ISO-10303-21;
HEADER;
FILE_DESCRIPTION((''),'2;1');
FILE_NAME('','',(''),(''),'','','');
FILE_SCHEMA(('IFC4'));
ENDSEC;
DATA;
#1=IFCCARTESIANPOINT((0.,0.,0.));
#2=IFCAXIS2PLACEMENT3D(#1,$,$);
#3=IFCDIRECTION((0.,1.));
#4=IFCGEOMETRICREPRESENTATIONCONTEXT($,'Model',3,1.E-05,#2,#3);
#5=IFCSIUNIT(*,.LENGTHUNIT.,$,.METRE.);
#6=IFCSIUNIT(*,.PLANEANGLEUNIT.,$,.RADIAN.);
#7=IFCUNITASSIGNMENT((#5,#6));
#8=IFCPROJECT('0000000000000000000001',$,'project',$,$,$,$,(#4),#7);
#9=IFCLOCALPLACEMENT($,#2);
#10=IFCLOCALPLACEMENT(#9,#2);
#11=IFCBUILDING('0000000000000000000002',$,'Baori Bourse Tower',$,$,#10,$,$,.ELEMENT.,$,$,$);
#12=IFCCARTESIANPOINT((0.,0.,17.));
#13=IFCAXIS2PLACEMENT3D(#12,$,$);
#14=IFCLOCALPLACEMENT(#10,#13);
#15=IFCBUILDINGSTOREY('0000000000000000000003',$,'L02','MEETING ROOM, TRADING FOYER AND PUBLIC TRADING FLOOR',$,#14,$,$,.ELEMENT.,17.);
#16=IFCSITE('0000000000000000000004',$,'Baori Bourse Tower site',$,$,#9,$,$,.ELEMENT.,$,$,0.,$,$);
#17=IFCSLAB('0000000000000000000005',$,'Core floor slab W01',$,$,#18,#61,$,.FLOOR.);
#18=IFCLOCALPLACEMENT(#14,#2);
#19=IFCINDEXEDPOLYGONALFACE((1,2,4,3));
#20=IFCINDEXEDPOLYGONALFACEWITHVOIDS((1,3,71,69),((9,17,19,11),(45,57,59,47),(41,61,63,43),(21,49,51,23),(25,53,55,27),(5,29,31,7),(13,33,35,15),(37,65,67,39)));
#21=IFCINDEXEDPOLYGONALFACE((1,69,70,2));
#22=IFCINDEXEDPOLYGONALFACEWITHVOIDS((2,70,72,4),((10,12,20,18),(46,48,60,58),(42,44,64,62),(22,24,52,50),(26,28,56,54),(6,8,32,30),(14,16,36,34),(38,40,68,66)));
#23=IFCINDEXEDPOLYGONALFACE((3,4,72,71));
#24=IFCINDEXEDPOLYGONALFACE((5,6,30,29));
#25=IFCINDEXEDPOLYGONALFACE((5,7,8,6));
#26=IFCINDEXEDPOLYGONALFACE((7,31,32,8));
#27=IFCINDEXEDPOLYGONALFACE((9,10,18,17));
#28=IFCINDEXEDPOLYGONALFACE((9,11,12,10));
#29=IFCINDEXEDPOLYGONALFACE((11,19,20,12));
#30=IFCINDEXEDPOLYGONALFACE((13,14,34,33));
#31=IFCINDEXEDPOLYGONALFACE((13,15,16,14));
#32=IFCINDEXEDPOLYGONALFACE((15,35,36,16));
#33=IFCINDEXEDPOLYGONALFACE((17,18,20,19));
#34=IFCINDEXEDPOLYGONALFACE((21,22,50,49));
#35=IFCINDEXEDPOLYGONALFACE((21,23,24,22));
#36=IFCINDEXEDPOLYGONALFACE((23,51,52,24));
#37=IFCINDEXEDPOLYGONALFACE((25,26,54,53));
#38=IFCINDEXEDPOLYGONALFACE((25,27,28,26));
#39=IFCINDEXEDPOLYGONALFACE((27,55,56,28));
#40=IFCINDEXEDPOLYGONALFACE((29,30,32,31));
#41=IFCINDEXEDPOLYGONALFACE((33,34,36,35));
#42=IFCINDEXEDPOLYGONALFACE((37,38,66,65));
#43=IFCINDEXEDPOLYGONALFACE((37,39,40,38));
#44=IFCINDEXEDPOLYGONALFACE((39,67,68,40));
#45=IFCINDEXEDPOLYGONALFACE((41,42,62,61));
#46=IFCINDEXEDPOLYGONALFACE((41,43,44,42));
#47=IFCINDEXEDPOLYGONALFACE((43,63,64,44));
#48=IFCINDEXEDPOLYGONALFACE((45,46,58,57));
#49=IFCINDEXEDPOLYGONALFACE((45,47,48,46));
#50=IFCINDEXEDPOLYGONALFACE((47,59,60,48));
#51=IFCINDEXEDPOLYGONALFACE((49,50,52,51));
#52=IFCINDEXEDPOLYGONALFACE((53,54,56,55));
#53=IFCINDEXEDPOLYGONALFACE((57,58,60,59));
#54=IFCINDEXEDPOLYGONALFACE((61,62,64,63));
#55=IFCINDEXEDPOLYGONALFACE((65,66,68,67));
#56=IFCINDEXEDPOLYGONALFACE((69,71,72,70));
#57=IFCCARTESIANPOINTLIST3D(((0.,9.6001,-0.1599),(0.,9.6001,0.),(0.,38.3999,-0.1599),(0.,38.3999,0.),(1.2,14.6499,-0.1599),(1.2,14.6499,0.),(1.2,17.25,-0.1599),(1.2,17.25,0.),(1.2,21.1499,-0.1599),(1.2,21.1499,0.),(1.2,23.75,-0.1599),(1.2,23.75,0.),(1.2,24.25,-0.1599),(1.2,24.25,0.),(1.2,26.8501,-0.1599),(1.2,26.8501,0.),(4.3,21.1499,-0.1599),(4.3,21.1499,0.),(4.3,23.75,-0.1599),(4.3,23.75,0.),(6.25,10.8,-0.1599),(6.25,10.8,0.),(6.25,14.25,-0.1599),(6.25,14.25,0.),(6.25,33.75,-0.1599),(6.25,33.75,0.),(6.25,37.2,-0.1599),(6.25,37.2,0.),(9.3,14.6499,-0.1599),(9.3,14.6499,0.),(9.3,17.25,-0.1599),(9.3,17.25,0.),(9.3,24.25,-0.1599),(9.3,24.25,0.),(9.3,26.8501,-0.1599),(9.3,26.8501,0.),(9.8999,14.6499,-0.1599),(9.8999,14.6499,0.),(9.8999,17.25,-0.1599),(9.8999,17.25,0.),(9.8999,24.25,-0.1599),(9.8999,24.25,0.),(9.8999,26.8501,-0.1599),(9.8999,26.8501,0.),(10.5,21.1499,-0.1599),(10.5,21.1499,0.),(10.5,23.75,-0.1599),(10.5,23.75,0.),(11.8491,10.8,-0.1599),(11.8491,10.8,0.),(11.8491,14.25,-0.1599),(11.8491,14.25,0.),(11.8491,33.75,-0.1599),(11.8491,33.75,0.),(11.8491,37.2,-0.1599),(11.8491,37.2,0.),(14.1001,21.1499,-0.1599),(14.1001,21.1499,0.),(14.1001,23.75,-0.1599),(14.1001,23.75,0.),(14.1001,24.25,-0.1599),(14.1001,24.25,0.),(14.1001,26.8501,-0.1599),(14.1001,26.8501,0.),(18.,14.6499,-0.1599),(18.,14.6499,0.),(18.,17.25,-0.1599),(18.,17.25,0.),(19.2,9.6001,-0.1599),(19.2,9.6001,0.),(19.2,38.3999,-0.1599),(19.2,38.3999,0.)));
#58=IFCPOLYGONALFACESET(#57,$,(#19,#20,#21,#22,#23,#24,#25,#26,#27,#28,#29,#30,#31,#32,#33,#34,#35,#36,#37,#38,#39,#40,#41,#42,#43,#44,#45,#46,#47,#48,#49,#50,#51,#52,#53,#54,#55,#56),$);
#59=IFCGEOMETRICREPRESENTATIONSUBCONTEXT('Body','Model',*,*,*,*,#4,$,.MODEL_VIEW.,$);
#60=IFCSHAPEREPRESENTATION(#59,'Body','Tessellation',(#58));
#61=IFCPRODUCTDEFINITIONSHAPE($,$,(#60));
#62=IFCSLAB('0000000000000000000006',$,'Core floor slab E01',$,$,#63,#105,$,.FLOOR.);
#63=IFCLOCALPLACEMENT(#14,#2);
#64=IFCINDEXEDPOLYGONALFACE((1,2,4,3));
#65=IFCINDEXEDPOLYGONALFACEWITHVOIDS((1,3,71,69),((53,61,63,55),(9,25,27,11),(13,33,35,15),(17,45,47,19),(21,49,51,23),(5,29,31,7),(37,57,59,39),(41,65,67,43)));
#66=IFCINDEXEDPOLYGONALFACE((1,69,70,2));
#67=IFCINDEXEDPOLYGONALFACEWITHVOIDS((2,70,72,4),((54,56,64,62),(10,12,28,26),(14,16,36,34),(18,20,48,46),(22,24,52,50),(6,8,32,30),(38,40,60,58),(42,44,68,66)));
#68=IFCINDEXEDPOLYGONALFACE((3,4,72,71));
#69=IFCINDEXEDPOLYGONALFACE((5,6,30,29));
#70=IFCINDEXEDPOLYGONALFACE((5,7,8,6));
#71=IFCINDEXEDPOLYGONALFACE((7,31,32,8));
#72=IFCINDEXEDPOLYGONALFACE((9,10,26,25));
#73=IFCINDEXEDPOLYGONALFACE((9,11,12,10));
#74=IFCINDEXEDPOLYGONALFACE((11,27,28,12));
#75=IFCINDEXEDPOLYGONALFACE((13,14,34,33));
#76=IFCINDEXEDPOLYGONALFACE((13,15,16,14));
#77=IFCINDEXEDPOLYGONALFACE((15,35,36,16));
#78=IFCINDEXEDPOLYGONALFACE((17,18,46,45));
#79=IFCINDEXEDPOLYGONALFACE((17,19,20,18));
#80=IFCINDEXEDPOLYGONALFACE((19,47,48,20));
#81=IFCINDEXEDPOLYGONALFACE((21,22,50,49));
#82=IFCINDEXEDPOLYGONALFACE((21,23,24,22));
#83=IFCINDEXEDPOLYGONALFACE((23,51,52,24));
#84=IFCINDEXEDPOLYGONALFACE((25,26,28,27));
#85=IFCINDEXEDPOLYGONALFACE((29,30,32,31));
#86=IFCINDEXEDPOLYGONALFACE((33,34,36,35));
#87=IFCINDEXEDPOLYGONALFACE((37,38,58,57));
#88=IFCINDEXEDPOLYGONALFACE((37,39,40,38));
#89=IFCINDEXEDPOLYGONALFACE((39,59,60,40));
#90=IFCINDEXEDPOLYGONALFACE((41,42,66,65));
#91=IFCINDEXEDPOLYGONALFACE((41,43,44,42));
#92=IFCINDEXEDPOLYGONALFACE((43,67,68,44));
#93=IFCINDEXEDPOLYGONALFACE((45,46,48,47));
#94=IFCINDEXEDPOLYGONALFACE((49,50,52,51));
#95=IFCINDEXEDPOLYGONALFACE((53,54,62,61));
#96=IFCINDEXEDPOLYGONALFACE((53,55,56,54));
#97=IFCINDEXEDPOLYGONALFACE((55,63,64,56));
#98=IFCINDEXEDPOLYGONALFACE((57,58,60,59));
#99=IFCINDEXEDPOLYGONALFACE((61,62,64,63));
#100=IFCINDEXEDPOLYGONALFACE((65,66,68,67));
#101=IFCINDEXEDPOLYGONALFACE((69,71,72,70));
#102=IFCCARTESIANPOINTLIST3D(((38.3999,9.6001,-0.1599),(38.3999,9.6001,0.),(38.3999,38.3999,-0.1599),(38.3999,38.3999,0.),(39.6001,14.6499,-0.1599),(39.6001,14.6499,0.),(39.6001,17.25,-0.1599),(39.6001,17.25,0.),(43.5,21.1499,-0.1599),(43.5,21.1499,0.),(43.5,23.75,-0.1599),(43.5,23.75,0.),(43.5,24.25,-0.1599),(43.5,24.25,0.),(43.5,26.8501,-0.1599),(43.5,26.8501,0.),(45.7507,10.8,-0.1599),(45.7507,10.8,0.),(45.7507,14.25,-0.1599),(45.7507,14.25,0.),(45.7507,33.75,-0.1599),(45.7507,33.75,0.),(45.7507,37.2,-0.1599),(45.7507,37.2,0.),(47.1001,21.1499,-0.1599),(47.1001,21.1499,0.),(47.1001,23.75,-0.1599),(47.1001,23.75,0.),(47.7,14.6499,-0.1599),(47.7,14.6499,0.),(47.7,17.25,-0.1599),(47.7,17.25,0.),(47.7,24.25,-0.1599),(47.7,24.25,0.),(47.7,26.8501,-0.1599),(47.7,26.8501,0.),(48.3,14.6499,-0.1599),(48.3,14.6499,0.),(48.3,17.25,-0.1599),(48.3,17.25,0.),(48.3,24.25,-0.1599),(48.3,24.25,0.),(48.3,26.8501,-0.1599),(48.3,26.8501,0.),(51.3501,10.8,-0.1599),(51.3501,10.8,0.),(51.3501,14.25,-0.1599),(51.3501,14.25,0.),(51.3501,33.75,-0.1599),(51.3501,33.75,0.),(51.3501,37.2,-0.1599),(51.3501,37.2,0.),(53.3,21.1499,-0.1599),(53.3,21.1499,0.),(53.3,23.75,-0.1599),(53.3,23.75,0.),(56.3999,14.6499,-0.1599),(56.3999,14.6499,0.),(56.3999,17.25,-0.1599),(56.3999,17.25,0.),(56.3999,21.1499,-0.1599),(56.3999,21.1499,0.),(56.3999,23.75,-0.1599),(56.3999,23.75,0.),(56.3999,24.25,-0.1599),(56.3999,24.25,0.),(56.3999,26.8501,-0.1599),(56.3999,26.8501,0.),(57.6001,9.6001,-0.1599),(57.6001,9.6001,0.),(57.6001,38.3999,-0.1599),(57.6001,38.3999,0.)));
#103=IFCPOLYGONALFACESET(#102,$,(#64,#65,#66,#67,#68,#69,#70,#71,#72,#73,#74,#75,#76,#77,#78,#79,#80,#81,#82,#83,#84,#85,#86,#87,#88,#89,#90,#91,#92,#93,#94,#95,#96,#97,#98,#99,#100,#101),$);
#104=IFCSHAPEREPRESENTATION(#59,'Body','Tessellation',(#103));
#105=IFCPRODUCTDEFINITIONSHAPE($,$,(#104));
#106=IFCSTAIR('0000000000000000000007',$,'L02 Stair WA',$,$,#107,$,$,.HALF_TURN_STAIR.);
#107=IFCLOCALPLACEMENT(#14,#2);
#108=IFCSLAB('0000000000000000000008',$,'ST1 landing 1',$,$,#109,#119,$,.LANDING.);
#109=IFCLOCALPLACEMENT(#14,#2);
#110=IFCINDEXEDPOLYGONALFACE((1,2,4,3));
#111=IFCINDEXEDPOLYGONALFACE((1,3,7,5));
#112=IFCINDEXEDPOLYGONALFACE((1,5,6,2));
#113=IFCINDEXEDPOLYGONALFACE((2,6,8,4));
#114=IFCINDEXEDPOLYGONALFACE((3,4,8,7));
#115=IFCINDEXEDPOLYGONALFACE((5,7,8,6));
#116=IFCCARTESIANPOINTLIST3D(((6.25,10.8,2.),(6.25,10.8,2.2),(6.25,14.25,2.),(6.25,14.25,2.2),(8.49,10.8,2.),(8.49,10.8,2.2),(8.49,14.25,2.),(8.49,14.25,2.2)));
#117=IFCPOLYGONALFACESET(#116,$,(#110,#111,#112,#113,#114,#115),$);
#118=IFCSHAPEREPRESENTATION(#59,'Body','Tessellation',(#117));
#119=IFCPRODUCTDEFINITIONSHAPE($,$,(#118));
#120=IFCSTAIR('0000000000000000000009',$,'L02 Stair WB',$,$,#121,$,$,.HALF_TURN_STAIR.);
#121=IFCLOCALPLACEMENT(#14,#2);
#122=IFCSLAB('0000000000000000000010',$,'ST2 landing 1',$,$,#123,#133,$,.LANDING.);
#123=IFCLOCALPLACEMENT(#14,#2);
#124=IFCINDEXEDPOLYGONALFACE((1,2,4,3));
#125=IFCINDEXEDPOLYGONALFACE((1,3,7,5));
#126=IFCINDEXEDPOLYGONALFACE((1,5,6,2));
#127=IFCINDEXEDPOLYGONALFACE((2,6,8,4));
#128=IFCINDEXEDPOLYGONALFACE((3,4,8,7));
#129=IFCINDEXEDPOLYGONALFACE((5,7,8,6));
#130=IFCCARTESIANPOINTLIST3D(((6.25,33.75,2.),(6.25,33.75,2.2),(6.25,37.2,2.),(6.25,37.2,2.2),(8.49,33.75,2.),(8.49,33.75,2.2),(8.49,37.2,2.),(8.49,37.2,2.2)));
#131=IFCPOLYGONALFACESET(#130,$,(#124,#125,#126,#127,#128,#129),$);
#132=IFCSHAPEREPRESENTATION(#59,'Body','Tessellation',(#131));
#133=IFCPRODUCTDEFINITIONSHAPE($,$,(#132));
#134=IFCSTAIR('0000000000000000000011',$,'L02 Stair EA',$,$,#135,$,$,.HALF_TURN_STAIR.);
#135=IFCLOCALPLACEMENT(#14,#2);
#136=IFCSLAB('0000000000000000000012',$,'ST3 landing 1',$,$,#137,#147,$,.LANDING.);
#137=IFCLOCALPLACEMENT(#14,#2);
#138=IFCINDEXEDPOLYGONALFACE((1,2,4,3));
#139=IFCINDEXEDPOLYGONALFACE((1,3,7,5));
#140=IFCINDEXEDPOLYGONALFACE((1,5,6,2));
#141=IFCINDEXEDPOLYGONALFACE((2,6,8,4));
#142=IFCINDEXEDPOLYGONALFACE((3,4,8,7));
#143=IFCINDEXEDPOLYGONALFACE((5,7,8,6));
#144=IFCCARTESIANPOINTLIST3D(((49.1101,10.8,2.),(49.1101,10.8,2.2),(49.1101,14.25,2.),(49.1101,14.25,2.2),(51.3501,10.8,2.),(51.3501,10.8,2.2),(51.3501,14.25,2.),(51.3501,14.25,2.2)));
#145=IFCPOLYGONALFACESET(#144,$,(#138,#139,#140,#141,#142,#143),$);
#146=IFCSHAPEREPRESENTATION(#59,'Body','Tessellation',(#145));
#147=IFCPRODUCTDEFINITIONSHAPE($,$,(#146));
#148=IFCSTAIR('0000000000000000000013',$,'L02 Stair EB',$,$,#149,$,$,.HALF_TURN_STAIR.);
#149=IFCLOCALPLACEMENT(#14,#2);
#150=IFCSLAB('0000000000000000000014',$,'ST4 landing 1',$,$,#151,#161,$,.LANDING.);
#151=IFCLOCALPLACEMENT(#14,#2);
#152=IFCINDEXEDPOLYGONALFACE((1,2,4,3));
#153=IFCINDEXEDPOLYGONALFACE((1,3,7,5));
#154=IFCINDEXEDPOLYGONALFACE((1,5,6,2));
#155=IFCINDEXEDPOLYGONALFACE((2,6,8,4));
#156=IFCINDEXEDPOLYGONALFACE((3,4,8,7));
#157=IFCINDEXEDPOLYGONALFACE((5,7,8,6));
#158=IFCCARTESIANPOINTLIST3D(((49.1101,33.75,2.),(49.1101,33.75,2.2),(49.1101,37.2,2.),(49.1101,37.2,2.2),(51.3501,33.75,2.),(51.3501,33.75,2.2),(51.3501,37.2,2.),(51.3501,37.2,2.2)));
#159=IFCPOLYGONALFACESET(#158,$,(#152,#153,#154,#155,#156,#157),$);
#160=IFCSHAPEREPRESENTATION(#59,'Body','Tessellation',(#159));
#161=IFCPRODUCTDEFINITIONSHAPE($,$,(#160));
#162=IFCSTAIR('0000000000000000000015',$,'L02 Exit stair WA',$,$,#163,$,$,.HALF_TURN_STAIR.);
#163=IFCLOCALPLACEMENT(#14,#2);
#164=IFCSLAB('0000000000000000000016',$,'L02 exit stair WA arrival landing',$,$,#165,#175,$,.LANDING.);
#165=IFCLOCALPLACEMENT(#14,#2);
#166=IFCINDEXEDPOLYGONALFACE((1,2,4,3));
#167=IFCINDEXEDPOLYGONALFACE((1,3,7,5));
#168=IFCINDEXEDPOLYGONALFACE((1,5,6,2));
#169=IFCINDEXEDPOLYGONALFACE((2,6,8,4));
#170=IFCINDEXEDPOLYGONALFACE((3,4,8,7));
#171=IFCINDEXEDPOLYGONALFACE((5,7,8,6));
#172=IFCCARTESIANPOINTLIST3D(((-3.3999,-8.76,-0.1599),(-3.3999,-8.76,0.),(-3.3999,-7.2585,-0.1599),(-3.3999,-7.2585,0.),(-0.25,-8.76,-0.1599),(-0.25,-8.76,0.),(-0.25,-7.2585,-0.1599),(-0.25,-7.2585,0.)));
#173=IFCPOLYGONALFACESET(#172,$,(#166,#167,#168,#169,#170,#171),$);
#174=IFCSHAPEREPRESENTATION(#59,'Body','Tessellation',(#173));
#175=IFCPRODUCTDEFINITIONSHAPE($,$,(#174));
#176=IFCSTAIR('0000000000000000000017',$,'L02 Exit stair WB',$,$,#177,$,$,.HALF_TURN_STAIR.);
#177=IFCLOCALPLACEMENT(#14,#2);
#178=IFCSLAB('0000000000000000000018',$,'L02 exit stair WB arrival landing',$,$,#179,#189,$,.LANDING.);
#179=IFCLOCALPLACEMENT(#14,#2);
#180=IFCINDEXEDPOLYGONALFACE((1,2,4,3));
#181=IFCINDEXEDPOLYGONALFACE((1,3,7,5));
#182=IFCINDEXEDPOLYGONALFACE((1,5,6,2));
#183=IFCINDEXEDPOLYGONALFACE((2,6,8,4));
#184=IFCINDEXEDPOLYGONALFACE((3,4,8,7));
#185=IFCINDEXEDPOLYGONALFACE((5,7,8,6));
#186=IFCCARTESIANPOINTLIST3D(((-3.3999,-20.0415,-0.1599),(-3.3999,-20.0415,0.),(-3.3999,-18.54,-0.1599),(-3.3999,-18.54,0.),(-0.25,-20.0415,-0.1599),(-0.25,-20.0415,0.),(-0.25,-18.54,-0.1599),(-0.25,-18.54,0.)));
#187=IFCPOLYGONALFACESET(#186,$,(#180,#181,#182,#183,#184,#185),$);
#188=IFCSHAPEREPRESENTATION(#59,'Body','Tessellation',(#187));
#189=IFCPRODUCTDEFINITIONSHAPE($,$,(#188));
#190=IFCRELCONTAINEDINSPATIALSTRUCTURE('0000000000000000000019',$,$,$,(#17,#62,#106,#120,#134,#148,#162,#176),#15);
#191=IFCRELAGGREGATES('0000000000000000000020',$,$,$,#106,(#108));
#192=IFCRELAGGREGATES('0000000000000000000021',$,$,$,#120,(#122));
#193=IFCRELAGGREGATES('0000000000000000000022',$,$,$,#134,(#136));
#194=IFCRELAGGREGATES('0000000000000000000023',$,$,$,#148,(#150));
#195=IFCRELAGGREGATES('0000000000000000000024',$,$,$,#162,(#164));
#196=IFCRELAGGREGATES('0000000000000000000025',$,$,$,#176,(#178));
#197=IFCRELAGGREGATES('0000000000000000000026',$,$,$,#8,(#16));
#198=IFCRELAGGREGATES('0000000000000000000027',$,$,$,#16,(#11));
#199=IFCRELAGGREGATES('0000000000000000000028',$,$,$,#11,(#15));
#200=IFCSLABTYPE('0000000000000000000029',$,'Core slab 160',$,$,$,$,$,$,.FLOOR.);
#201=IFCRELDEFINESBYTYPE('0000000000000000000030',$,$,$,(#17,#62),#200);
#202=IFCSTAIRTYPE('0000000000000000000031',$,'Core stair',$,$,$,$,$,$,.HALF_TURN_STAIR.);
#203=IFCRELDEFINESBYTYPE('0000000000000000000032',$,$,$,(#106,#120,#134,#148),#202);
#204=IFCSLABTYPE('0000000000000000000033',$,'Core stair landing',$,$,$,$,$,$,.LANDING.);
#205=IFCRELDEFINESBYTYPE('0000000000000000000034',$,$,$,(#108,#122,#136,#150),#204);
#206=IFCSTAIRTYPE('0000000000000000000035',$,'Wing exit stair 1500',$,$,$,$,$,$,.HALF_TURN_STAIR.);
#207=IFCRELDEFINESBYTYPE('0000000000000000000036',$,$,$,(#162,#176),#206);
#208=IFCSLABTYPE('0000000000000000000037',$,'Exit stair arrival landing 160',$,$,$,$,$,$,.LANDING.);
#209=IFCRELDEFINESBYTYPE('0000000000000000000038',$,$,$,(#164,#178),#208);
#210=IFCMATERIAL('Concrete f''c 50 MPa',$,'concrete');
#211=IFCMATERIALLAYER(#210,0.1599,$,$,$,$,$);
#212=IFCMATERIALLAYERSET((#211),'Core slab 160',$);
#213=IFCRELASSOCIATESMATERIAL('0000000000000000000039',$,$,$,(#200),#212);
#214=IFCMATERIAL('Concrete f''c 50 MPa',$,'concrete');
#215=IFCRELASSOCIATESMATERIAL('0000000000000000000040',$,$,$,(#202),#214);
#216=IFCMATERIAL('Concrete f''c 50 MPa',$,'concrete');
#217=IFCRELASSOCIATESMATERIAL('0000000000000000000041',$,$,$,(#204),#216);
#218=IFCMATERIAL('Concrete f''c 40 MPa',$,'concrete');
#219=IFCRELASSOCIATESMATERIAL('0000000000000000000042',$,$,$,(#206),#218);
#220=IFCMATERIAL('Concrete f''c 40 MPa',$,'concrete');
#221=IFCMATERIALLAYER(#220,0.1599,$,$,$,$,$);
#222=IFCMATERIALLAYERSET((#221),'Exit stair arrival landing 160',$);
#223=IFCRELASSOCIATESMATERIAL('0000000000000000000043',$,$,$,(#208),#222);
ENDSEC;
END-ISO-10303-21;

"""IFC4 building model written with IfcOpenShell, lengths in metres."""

from ifc_helpers import new_model, si_unit, direction, frame, origin, place, context, subcontext, project, spatial, polyline, outline, extrude, material, layer, layer_set, type_object, element, aggregate, save


model = new_model("IFC4")

# Units and contexts
model_context = context("Model", 3, precision=1e-05, world=origin(), true_north=direction((0.0, 1.0)))
body_context = subcontext(model_context, "Body", "Model", "MODEL_VIEW")
ifc_project = project(units=[si_unit("LENGTHUNIT", "METRE"), si_unit("PLANEANGLEUNIT", "RADIAN")], contexts=[model_context])

# Site, building, storey
site_placement = place(None, origin())
site = spatial("IfcSite", under=ifc_project, at=site_placement, Name="Baori Bourse Tower site", CompositionType="ELEMENT", RefElevation=0.0)
building_placement = place(site_placement, origin())
building = spatial("IfcBuilding", under=site, at=building_placement, Name="Baori Bourse Tower", CompositionType="ELEMENT")
storey_placement = place(building_placement, frame((0.0, 0.0, 17.0)))
storey = spatial("IfcBuildingStorey", under=building, at=storey_placement, Name="L02", Description="MEETING ROOM, TRADING FOYER AND PUBLIC TRADING FLOOR", CompositionType="ELEMENT", Elevation=17.0)

# Slabs
ifc_material_1 = material(Name="Concrete f'c 50 MPa", Category="concrete")
ifc_layer_1 = layer(ifc_material_1, 0.1599)
ifc_layer_set_1 = layer_set([ifc_layer_1], Name="Core slab 160")
slab_type_1 = type_object("IfcSlabType", Name="Core slab 160", PredefinedType="FLOOR", material=ifc_layer_set_1)
slab_1_placement = place(storey_placement, frame((0.0, 0.0, -0.1599)))
element("IfcSlab", 1, at=slab_1_placement, inside=storey, type_object=slab_type_1, Name="Core floor slab W01", PredefinedType="FLOOR", context=body_context, shape_type="SweptSolid", body=[
    extrude(outline(polyline([(19.2, 9.6001), (19.2, 38.3999), (0.0, 38.3999), (0.0, 9.6001), (19.2, 9.6001)]), holes=[polyline([(9.8999, 14.6499), (9.8999, 17.25), (18.0, 17.25), (18.0, 14.6499), (9.8999, 14.6499)]), polyline([(10.5, 21.1499), (10.5, 23.75), (14.1001, 23.75), (14.1001, 21.1499), (10.5, 21.1499)]), polyline([(14.1001, 24.25), (9.8999, 24.25), (9.8999, 26.8501), (14.1001, 26.8501), (14.1001, 24.25)]), polyline([(6.25, 14.25), (11.8491, 14.25), (11.8491, 10.8), (6.25, 10.8), (6.25, 14.25)]), polyline([(11.8491, 37.2), (11.8491, 33.75), (6.25, 33.75), (6.25, 37.2), (11.8491, 37.2)]), polyline([(1.2, 26.8501), (9.3, 26.8501), (9.3, 24.25), (1.2, 24.25), (1.2, 26.8501)]), polyline([(9.3, 14.6499), (1.2, 14.6499), (1.2, 17.25), (9.3, 17.25), (9.3, 14.6499)]), polyline([(4.3, 23.75), (4.3, 21.1499), (1.2, 21.1499), (1.2, 23.75), (4.3, 23.75)])]), origin(), (0.0, 0.0, 1.0), 0.1599),
])
slab_2_placement = place(storey_placement, frame((0.0, 0.0, -0.1599)))
element("IfcSlab", 2, at=slab_2_placement, inside=storey, type_object=slab_type_1, Name="Core floor slab E01", PredefinedType="FLOOR", context=body_context, shape_type="SweptSolid", body=[
    extrude(outline(polyline([(38.3999, 9.6001), (57.6001, 9.6001), (57.6001, 38.3999), (38.3999, 38.3999), (38.3999, 9.6001)]), holes=[polyline([(48.3, 14.6499), (48.3, 17.25), (56.3999, 17.25), (56.3999, 14.6499), (48.3, 14.6499)]), polyline([(56.3999, 21.1499), (53.3, 21.1499), (53.3, 23.75), (56.3999, 23.75), (56.3999, 21.1499)]), polyline([(56.3999, 26.8501), (56.3999, 24.25), (48.3, 24.25), (48.3, 26.8501), (56.3999, 26.8501)]), polyline([(45.7507, 14.25), (51.3501, 14.25), (51.3501, 10.8), (45.7507, 10.8), (45.7507, 14.25)]), polyline([(51.3501, 37.2), (51.3501, 33.75), (45.7507, 33.75), (45.7507, 37.2), (51.3501, 37.2)]), polyline([(39.6001, 17.25), (47.7, 17.25), (47.7, 14.6499), (39.6001, 14.6499), (39.6001, 17.25)]), polyline([(43.5, 24.25), (43.5, 26.8501), (47.7, 26.8501), (47.7, 24.25), (43.5, 24.25)]), polyline([(43.5, 23.75), (47.1001, 23.75), (47.1001, 21.1499), (43.5, 21.1499), (43.5, 23.75)])]), origin(), (0.0, 0.0, 1.0), 0.1599),
])

# Stairs, slabs
ifc_material_2 = material(Name="Concrete f'c 50 MPa", Category="concrete")
stair_type_1 = type_object("IfcStairType", Name="Core stair", PredefinedType="HALF_TURN_STAIR", material=ifc_material_2)
stair_1_placement = place(storey_placement, origin())
stair_1 = element("IfcStair", 3, at=stair_1_placement, inside=storey, type_object=stair_type_1, Name="L02 Stair WA", PredefinedType="HALF_TURN_STAIR")
ifc_material_3 = material(Name="Concrete f'c 50 MPa", Category="concrete")
slab_type_2 = type_object("IfcSlabType", Name="Core stair landing", PredefinedType="LANDING", material=ifc_material_3)
slab_3_placement = place(storey_placement, frame((0.0, 0.0, 2.0)))
slab_3 = element("IfcSlab", 4, at=slab_3_placement, type_object=slab_type_2, Name="ST1 landing 1", PredefinedType="LANDING", context=body_context, shape_type="SweptSolid", body=[
    extrude(outline(polyline([(8.49, 14.25), (6.25, 14.25), (6.25, 10.8), (8.49, 10.8), (8.49, 14.25)])), origin(), (0.0, 0.0, 1.0), 0.2),
])
aggregate(stair_1, [slab_3])
stair_2_placement = place(storey_placement, origin())
stair_2 = element("IfcStair", 5, at=stair_2_placement, inside=storey, type_object=stair_type_1, Name="L02 Stair WB", PredefinedType="HALF_TURN_STAIR")
slab_4_placement = place(storey_placement, frame((0.0, 0.0, 2.0)))
slab_4 = element("IfcSlab", 6, at=slab_4_placement, type_object=slab_type_2, Name="ST2 landing 1", PredefinedType="LANDING", context=body_context, shape_type="SweptSolid", body=[
    extrude(outline(polyline([(8.49, 37.2), (6.25, 37.2), (6.25, 33.75), (8.49, 33.75), (8.49, 37.2)])), origin(), (0.0, 0.0, 1.0), 0.2),
])
aggregate(stair_2, [slab_4])
stair_3_placement = place(storey_placement, origin())
stair_3 = element("IfcStair", 7, at=stair_3_placement, inside=storey, type_object=stair_type_1, Name="L02 Stair EA", PredefinedType="HALF_TURN_STAIR")
slab_5_placement = place(storey_placement, frame((0.0, 0.0, 2.0)))
slab_5 = element("IfcSlab", 8, at=slab_5_placement, type_object=slab_type_2, Name="ST3 landing 1", PredefinedType="LANDING", context=body_context, shape_type="SweptSolid", body=[
    extrude(outline(polyline([(49.1101, 10.8), (51.3501, 10.8), (51.3501, 14.25), (49.1101, 14.25), (49.1101, 10.8)])), origin(), (0.0, 0.0, 1.0), 0.2),
])
aggregate(stair_3, [slab_5])
stair_4_placement = place(storey_placement, origin())
stair_4 = element("IfcStair", 9, at=stair_4_placement, inside=storey, type_object=stair_type_1, Name="L02 Stair EB", PredefinedType="HALF_TURN_STAIR")
slab_6_placement = place(storey_placement, frame((0.0, 0.0, 2.0)))
slab_6 = element("IfcSlab", 10, at=slab_6_placement, type_object=slab_type_2, Name="ST4 landing 1", PredefinedType="LANDING", context=body_context, shape_type="SweptSolid", body=[
    extrude(outline(polyline([(49.1101, 33.75), (51.3501, 33.75), (51.3501, 37.2), (49.1101, 37.2), (49.1101, 33.75)])), origin(), (0.0, 0.0, 1.0), 0.2),
])
aggregate(stair_4, [slab_6])
ifc_material_4 = material(Name="Concrete f'c 40 MPa", Category="concrete")
stair_type_2 = type_object("IfcStairType", Name="Wing exit stair 1500", PredefinedType="HALF_TURN_STAIR", material=ifc_material_4)
stair_5_placement = place(storey_placement, origin())
stair_5 = element("IfcStair", 11, at=stair_5_placement, inside=storey, type_object=stair_type_2, Name="L02 Exit stair WA", PredefinedType="HALF_TURN_STAIR")
ifc_material_5 = material(Name="Concrete f'c 40 MPa", Category="concrete")
ifc_layer_2 = layer(ifc_material_5, 0.1599)
ifc_layer_set_2 = layer_set([ifc_layer_2], Name="Exit stair arrival landing 160")
slab_type_3 = type_object("IfcSlabType", Name="Exit stair arrival landing 160", PredefinedType="LANDING", material=ifc_layer_set_2)
slab_7_placement = place(storey_placement, frame((0.0, 0.0, -0.1599)))
slab_7 = element("IfcSlab", 12, at=slab_7_placement, type_object=slab_type_3, Name="L02 exit stair WA arrival landing", PredefinedType="LANDING", context=body_context, shape_type="SweptSolid", body=[
    extrude(outline(polyline([(-0.25, -7.2585), (-3.3999, -7.2585), (-3.3999, -8.76), (-0.25, -8.76), (-0.25, -7.2585)])), origin(), (0.0, 0.0, 1.0), 0.1599),
])
stair_6_placement = place(storey_placement, origin())
stair_6 = element("IfcStair", 13, at=stair_6_placement, inside=storey, type_object=stair_type_2, Name="L02 Exit stair WB", PredefinedType="HALF_TURN_STAIR")
slab_8_placement = place(storey_placement, frame((0.0, 0.0, -0.1599)))
slab_8 = element("IfcSlab", 14, at=slab_8_placement, type_object=slab_type_3, Name="L02 exit stair WB arrival landing", PredefinedType="LANDING", context=body_context, shape_type="SweptSolid", body=[
    extrude(outline(polyline([(-3.3999, -20.0415), (-0.25, -20.0415), (-0.25, -18.54), (-3.3999, -18.54), (-3.3999, -20.0415)])), origin(), (0.0, 0.0, 1.0), 0.1599),
])

aggregate(stair_5, [slab_7])
aggregate(stair_6, [slab_8])

save(model, "model.ifc")
